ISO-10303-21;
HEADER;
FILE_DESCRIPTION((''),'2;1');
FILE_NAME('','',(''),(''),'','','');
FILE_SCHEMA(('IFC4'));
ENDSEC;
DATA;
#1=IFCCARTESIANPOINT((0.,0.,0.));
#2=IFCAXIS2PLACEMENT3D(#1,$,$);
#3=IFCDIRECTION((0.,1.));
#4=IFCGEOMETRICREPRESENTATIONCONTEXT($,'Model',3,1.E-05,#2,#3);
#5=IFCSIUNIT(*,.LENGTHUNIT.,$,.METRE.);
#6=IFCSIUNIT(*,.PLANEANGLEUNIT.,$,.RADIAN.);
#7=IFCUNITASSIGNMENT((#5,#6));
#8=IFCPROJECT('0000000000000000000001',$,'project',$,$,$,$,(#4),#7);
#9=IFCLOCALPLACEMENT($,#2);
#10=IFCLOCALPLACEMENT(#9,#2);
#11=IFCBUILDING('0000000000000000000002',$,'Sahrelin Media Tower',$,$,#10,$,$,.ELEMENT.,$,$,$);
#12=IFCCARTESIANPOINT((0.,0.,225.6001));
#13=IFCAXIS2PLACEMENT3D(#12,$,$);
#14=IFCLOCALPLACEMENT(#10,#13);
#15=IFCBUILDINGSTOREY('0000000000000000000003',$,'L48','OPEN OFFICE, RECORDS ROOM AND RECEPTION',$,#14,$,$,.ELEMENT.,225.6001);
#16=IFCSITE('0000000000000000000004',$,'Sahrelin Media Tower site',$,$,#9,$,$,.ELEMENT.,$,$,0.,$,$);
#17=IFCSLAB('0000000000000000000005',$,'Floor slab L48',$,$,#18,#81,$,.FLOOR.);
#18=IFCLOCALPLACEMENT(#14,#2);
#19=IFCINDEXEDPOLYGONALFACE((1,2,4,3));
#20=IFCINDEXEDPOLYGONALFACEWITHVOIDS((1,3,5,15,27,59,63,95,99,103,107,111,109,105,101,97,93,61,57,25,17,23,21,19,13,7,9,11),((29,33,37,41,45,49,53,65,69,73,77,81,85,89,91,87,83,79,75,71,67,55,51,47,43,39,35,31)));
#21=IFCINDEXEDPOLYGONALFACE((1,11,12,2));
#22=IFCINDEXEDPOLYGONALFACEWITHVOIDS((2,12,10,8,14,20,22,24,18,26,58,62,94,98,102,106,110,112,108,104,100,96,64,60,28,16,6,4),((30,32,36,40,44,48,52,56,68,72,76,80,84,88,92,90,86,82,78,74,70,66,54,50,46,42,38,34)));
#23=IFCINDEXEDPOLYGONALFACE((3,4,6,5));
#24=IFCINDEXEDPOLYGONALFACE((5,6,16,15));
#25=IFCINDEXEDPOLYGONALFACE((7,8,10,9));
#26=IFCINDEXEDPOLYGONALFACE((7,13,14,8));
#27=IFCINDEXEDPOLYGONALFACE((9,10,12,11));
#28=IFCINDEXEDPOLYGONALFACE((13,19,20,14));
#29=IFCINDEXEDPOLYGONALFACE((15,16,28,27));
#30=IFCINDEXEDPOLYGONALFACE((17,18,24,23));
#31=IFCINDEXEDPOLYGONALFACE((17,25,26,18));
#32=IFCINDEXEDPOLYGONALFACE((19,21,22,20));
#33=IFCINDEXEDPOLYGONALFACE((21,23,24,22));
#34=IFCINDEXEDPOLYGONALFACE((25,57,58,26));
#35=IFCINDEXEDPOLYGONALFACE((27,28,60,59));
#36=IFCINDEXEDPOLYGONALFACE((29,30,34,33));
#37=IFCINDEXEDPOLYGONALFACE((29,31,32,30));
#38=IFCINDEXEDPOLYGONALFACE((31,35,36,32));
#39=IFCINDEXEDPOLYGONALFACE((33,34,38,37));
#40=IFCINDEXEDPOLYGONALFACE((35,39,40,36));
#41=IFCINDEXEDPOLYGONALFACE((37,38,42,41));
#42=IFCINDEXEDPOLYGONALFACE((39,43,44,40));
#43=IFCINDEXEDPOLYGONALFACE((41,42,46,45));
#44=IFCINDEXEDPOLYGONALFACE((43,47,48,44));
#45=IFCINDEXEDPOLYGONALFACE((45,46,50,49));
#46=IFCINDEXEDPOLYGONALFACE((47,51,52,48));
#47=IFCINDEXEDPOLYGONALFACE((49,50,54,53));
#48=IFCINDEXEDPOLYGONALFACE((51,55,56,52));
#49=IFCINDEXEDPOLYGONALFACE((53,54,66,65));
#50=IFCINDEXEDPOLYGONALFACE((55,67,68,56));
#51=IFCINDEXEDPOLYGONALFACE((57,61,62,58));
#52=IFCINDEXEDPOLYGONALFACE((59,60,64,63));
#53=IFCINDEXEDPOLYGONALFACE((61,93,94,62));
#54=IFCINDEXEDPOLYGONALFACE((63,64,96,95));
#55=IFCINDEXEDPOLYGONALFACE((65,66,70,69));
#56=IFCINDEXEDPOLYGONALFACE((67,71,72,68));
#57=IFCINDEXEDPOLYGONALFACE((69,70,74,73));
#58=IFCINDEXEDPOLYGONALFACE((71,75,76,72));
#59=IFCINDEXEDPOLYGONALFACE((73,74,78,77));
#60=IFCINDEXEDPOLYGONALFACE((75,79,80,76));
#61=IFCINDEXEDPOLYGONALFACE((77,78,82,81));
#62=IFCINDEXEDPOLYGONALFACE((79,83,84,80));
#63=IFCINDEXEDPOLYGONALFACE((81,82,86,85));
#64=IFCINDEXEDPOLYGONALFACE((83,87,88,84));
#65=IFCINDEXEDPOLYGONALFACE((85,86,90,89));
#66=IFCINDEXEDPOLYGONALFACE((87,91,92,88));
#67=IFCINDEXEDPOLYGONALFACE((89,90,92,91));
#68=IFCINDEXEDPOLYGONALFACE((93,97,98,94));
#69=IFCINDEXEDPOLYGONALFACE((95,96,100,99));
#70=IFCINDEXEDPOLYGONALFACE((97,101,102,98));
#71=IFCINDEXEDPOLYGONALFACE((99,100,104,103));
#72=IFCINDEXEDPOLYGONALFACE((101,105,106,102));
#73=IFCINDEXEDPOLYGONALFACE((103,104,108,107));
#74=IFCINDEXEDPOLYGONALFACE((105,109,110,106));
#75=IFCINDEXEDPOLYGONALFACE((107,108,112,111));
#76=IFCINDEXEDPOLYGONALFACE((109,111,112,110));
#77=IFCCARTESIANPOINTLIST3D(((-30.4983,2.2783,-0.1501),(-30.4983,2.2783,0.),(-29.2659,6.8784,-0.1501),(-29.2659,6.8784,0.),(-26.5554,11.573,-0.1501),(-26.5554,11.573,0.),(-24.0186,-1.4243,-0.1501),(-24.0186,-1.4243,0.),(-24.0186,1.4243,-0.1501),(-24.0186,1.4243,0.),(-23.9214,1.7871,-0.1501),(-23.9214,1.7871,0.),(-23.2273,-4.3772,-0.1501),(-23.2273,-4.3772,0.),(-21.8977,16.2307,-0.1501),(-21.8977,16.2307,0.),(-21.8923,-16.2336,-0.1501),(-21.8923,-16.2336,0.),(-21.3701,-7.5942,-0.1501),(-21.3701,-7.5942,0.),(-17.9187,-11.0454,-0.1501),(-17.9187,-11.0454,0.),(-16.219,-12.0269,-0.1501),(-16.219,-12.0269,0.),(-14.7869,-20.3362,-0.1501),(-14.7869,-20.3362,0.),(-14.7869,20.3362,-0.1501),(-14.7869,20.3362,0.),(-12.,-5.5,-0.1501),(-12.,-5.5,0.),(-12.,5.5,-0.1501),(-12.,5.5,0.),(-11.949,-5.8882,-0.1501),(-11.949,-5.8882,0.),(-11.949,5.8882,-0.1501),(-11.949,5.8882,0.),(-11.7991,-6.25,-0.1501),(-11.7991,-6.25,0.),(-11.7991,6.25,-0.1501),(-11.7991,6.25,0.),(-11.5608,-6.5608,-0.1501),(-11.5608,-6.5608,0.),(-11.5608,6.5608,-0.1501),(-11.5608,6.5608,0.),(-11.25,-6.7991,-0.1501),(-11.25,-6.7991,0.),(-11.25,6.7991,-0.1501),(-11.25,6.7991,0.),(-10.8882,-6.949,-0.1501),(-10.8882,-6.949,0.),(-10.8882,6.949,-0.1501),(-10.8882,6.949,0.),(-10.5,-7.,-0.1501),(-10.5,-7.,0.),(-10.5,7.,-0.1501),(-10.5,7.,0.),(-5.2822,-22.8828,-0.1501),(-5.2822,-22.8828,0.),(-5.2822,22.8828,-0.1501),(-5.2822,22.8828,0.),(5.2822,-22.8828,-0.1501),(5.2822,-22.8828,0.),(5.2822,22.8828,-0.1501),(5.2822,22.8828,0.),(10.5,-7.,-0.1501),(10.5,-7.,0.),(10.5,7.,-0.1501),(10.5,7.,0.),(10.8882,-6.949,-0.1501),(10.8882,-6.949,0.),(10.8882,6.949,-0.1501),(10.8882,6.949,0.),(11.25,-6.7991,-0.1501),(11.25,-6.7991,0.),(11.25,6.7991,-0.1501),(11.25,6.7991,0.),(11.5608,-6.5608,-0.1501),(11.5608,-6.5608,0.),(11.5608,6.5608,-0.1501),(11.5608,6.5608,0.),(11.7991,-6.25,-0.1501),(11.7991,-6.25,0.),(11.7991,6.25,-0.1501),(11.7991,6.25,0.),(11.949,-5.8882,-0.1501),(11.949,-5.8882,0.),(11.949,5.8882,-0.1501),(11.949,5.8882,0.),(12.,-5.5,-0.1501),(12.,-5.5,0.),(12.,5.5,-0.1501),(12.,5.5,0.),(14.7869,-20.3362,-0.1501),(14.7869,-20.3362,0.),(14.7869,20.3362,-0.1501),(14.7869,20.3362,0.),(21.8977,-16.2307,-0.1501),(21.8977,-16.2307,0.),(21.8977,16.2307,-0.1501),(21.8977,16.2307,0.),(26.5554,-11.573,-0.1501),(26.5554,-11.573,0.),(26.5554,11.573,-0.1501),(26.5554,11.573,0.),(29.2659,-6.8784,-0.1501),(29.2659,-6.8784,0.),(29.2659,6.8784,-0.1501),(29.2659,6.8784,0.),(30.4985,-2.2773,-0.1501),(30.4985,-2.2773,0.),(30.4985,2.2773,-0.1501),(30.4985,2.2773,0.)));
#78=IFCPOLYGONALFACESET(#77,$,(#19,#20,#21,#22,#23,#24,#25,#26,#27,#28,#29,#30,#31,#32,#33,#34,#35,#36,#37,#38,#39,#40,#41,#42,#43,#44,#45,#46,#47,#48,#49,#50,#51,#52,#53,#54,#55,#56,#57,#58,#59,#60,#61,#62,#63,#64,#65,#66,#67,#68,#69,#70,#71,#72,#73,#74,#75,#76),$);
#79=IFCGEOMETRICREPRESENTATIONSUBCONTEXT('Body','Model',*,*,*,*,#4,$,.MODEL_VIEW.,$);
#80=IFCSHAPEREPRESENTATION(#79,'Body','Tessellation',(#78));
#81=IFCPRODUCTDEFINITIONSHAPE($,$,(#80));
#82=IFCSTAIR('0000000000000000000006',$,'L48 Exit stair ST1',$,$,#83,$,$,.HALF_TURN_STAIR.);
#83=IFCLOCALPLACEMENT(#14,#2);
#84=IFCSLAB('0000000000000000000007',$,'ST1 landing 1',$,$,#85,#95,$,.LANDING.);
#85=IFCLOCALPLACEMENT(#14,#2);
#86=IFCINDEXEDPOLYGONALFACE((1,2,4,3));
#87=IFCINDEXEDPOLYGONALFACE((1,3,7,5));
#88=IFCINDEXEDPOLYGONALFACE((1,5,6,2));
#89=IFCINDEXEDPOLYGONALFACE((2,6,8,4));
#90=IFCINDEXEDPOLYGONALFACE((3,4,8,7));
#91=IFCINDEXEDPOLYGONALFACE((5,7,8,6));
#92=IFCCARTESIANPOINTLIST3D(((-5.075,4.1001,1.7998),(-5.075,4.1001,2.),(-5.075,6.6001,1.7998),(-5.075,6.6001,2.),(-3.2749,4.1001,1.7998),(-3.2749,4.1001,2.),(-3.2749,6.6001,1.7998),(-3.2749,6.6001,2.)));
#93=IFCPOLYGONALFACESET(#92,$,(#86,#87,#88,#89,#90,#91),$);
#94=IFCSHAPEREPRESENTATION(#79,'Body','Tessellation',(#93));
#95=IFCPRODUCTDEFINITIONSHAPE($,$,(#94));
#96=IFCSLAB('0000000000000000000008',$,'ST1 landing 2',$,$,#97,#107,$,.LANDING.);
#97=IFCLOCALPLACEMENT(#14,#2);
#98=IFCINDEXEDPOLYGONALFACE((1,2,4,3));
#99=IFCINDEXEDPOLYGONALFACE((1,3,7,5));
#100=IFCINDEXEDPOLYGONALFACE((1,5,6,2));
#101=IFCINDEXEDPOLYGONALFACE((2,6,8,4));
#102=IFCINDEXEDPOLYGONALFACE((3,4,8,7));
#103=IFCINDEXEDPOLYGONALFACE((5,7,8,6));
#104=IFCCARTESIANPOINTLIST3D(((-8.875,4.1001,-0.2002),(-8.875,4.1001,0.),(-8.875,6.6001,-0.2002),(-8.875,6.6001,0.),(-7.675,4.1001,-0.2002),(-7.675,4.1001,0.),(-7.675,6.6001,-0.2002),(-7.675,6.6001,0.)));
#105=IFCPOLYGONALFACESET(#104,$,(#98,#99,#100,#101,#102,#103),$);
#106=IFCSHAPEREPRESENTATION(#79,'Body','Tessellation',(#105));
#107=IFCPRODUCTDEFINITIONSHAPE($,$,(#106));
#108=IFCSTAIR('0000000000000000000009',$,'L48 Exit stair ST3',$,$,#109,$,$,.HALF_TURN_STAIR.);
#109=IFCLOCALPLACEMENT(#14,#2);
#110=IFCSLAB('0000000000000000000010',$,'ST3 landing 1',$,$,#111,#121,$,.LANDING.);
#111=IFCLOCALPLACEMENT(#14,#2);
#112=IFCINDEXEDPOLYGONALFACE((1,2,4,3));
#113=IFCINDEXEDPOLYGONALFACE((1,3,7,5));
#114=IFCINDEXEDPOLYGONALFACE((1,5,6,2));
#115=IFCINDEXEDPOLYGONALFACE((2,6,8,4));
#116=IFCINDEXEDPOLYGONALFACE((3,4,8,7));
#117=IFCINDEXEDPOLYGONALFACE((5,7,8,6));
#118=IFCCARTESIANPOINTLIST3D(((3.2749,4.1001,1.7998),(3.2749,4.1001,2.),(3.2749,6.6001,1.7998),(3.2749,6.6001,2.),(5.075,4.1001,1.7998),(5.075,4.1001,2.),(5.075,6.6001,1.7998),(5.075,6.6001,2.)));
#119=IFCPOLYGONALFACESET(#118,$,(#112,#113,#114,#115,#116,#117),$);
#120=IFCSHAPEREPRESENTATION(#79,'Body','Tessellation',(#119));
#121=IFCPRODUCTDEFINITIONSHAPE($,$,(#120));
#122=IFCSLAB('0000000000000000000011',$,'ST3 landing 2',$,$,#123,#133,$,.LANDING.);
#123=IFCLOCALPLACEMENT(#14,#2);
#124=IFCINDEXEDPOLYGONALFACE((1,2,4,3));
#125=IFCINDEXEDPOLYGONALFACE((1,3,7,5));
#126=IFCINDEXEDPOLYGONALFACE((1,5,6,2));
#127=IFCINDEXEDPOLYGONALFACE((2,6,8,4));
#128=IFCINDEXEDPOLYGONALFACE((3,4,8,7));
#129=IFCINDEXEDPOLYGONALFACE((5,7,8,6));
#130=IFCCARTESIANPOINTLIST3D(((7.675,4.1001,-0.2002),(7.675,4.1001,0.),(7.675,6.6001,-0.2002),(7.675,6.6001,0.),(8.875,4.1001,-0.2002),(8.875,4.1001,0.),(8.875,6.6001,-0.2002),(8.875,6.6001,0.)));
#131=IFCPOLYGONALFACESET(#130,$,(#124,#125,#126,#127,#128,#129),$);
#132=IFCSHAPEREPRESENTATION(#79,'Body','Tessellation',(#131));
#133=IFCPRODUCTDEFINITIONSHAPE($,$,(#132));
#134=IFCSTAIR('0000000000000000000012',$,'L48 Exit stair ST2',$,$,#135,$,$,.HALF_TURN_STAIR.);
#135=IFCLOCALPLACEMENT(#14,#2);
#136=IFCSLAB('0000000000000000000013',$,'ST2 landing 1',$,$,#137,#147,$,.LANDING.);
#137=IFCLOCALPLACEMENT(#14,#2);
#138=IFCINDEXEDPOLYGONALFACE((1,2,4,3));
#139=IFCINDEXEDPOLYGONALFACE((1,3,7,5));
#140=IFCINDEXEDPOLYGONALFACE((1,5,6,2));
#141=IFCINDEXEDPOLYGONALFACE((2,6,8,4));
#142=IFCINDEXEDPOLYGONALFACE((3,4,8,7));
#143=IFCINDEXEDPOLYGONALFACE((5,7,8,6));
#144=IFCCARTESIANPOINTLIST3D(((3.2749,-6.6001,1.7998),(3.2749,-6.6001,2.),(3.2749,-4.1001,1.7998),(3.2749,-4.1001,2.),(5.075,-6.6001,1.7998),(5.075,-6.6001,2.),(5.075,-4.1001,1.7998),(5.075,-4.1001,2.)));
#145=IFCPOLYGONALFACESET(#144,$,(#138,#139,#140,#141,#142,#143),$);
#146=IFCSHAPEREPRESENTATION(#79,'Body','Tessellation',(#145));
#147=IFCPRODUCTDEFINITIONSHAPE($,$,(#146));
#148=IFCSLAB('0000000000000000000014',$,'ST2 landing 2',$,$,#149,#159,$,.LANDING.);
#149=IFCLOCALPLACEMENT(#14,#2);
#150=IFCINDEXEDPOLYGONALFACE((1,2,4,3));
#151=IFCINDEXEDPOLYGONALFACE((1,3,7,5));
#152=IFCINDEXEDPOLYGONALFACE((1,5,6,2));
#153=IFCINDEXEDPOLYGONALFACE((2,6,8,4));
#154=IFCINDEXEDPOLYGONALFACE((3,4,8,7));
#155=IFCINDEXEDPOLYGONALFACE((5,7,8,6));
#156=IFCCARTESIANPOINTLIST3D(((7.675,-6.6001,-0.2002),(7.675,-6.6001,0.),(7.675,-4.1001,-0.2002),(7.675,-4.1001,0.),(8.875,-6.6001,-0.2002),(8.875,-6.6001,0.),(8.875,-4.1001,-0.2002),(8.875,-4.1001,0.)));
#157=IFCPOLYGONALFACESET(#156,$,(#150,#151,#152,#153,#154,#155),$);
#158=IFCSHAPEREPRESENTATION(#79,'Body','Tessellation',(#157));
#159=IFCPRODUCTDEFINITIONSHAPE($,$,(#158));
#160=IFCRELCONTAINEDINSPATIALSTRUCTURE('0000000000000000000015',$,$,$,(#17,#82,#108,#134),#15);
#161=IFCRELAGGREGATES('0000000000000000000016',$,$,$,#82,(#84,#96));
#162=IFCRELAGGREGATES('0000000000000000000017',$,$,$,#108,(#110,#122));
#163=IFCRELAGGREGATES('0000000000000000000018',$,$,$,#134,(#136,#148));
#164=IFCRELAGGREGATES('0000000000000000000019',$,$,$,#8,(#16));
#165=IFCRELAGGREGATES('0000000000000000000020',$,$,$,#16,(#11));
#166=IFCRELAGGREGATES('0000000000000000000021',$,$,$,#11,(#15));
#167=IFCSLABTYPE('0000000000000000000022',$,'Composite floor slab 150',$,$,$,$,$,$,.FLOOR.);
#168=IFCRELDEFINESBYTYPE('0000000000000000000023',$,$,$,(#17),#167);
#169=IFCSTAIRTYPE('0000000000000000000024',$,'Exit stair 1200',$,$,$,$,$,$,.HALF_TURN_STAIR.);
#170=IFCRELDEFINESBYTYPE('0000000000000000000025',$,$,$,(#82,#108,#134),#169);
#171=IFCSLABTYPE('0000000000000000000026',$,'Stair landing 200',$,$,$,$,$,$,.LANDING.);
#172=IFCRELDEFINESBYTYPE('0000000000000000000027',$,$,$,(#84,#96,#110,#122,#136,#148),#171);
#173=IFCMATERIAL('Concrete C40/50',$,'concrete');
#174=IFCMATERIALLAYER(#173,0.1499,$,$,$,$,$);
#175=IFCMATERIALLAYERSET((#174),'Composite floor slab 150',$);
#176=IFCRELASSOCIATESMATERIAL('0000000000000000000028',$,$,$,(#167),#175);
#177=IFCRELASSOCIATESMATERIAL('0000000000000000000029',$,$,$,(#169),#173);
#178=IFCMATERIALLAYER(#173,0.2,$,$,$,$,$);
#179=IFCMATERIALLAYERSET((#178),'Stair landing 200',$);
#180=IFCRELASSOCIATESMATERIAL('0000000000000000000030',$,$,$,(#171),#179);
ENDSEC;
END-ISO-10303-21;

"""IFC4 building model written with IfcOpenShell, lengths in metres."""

from ifc_helpers import new_model, si_unit, direction, frame, origin, place, context, subcontext, project, spatial, polyline, outline, extrude, material, layer, layer_set, type_object, element, aggregate, save


model = new_model("IFC4")

# Units and contexts
model_context = context("Model", 3, precision=1e-05, world=origin(), true_north=direction((0.0, 1.0)))
body_context = subcontext(model_context, "Body", "Model", "MODEL_VIEW")
ifc_project = project(units=[si_unit("LENGTHUNIT", "METRE"), si_unit("PLANEANGLEUNIT", "RADIAN")], contexts=[model_context])

# Site, building, storey
site_placement = place(None, origin())
site = spatial("IfcSite", under=ifc_project, at=site_placement, Name="Sahrelin Media Tower site", CompositionType="ELEMENT", RefElevation=0.0)
building_placement = place(site_placement, origin())
building = spatial("IfcBuilding", under=site, at=building_placement, Name="Sahrelin Media Tower", CompositionType="ELEMENT")
storey_placement = place(building_placement, frame((0.0, 0.0, 225.6001)))
storey = spatial("IfcBuildingStorey", under=building, at=storey_placement, Name="L48", Description="OPEN OFFICE, RECORDS ROOM AND RECEPTION", CompositionType="ELEMENT", Elevation=225.6001)

# Slab
ifc_material_1 = material(Name="Concrete C40/50", Category="concrete")
ifc_layer_1 = layer(ifc_material_1, 0.1499)
ifc_layer_set_1 = layer_set([ifc_layer_1], Name="Composite floor slab 150")
slab_type_1 = type_object("IfcSlabType", Name="Composite floor slab 150", PredefinedType="FLOOR", material=ifc_layer_set_1)
slab_1_placement = place(storey_placement, frame((0.0, 0.0, -0.1501)))
element("IfcSlab", 1, at=slab_1_placement, inside=storey, type_object=slab_type_1, Name="Floor slab L48", PredefinedType="FLOOR", context=body_context, shape_type="SweptSolid", body=[
    extrude(outline(polyline([(29.2659, -6.8784), (30.4985, -2.2773), (30.4985, 2.2773), (29.2659, 6.8784), (26.5554, 11.573), (21.8977, 16.2307), (14.7869, 20.3362), (5.2822, 22.8828), (-5.2822, 22.8828), (-14.7869, 20.3362), (-21.8977, 16.2307), (-26.5554, 11.573), (-29.2659, 6.8784), (-30.4983, 2.2783), (-23.9214, 1.7871), (-24.0186, 1.4243), (-24.0186, -1.4243), (-23.2273, -4.3772), (-21.3701, -7.5942), (-17.9187, -11.0454), (-16.219, -12.0269), (-21.8923, -16.2336), (-14.7869, -20.3362), (-5.2822, -22.8828), (5.2822, -22.8828), (14.7869, -20.3362), (21.8977, -16.2307), (26.5554, -11.573), (29.2659, -6.8784)]), holes=[polyline([(11.7991, 6.25), (11.949, 5.8882), (12.0, 5.5), (12.0, -5.5), (11.949, -5.8882), (11.7991, -6.25), (11.5608, -6.5608), (11.25, -6.7991), (10.8882, -6.949), (10.5, -7.0), (-10.5, -7.0), (-10.8882, -6.949), (-11.25, -6.7991), (-11.5608, -6.5608), (-11.7991, -6.25), (-11.949, -5.8882), (-12.0, -5.5), (-12.0, 5.5), (-11.949, 5.8882), (-11.7991, 6.25), (-11.5608, 6.5608), (-11.25, 6.7991), (-10.8882, 6.949), (-10.5, 7.0), (10.5, 7.0), (10.8882, 6.949), (11.25, 6.7991), (11.5608, 6.5608), (11.7991, 6.25)])]), origin(), (0.0, 0.0, 1.0), 0.1501),
])

# Stairs, slabs
stair_type = type_object("IfcStairType", Name="Exit stair 1200", PredefinedType="HALF_TURN_STAIR", material=ifc_material_1)
placement_1 = place(storey_placement, origin())
stair_1 = element("IfcStair", 2, at=placement_1, inside=storey, type_object=stair_type, Name="L48 Exit stair ST1", PredefinedType="HALF_TURN_STAIR")
ifc_layer_2 = layer(ifc_material_1, 0.2)
ifc_layer_set_2 = layer_set([ifc_layer_2], Name="Stair landing 200")
slab_type_2 = type_object("IfcSlabType", Name="Stair landing 200", PredefinedType="LANDING", material=ifc_layer_set_2)
placement_2 = place(storey_placement, frame((0.0, 0.0, 1.7998)))
slab_2 = element("IfcSlab", 3, at=placement_2, type_object=slab_type_2, Name="ST1 landing 1", PredefinedType="LANDING", context=body_context, shape_type="SweptSolid", body=[
    extrude(outline(polyline([(-5.075, 4.1001), (-3.2749, 4.1001), (-3.2749, 6.6001), (-5.075, 6.6001), (-5.075, 4.1001)])), origin(), (0.0, 0.0, 1.0), 0.2002),
])
placement_3 = place(storey_placement, frame((0.0, 0.0, -0.2002)))
slab_3 = element("IfcSlab", 4, at=placement_3, type_object=slab_type_2, Name="ST1 landing 2", PredefinedType="LANDING", context=body_context, shape_type="SweptSolid", body=[
    extrude(outline(polyline([(-8.875, 4.1001), (-7.675, 4.1001), (-7.675, 6.6001), (-8.875, 6.6001), (-8.875, 4.1001)])), origin(), (0.0, 0.0, 1.0), 0.2002),
])
aggregate(stair_1, [slab_2, slab_3])
stair_2 = element("IfcStair", 5, at=placement_1, inside=storey, type_object=stair_type, Name="L48 Exit stair ST3", PredefinedType="HALF_TURN_STAIR")
slab_4 = element("IfcSlab", 6, at=placement_2, type_object=slab_type_2, Name="ST3 landing 1", PredefinedType="LANDING", context=body_context, shape_type="SweptSolid", body=[
    extrude(outline(polyline([(5.075, 6.6001), (3.2749, 6.6001), (3.2749, 4.1001), (5.075, 4.1001), (5.075, 6.6001)])), origin(), (0.0, 0.0, 1.0), 0.2002),
])
slab_5 = element("IfcSlab", 7, at=placement_3, type_object=slab_type_2, Name="ST3 landing 2", PredefinedType="LANDING", context=body_context, shape_type="SweptSolid", body=[
    extrude(outline(polyline([(8.875, 6.6001), (7.675, 6.6001), (7.675, 4.1001), (8.875, 4.1001), (8.875, 6.6001)])), origin(), (0.0, 0.0, 1.0), 0.2002),
])
aggregate(stair_2, [slab_4, slab_5])
stair_3 = element("IfcStair", 8, at=placement_1, inside=storey, type_object=stair_type, Name="L48 Exit stair ST2", PredefinedType="HALF_TURN_STAIR")
slab_6 = element("IfcSlab", 9, at=placement_2, type_object=slab_type_2, Name="ST2 landing 1", PredefinedType="LANDING", context=body_context, shape_type="SweptSolid", body=[
    extrude(outline(polyline([(5.075, -4.1001), (3.2749, -4.1001), (3.2749, -6.6001), (5.075, -6.6001), (5.075, -4.1001)])), origin(), (0.0, 0.0, 1.0), 0.2002),
])
slab_7 = element("IfcSlab", 10, at=placement_3, type_object=slab_type_2, Name="ST2 landing 2", PredefinedType="LANDING", context=body_context, shape_type="SweptSolid", body=[
    extrude(outline(polyline([(8.875, -4.1001), (7.675, -4.1001), (7.675, -6.6001), (8.875, -6.6001), (8.875, -4.1001)])), origin(), (0.0, 0.0, 1.0), 0.2002),
])
aggregate(stair_3, [slab_6, slab_7])

save(model, "model.ifc")
